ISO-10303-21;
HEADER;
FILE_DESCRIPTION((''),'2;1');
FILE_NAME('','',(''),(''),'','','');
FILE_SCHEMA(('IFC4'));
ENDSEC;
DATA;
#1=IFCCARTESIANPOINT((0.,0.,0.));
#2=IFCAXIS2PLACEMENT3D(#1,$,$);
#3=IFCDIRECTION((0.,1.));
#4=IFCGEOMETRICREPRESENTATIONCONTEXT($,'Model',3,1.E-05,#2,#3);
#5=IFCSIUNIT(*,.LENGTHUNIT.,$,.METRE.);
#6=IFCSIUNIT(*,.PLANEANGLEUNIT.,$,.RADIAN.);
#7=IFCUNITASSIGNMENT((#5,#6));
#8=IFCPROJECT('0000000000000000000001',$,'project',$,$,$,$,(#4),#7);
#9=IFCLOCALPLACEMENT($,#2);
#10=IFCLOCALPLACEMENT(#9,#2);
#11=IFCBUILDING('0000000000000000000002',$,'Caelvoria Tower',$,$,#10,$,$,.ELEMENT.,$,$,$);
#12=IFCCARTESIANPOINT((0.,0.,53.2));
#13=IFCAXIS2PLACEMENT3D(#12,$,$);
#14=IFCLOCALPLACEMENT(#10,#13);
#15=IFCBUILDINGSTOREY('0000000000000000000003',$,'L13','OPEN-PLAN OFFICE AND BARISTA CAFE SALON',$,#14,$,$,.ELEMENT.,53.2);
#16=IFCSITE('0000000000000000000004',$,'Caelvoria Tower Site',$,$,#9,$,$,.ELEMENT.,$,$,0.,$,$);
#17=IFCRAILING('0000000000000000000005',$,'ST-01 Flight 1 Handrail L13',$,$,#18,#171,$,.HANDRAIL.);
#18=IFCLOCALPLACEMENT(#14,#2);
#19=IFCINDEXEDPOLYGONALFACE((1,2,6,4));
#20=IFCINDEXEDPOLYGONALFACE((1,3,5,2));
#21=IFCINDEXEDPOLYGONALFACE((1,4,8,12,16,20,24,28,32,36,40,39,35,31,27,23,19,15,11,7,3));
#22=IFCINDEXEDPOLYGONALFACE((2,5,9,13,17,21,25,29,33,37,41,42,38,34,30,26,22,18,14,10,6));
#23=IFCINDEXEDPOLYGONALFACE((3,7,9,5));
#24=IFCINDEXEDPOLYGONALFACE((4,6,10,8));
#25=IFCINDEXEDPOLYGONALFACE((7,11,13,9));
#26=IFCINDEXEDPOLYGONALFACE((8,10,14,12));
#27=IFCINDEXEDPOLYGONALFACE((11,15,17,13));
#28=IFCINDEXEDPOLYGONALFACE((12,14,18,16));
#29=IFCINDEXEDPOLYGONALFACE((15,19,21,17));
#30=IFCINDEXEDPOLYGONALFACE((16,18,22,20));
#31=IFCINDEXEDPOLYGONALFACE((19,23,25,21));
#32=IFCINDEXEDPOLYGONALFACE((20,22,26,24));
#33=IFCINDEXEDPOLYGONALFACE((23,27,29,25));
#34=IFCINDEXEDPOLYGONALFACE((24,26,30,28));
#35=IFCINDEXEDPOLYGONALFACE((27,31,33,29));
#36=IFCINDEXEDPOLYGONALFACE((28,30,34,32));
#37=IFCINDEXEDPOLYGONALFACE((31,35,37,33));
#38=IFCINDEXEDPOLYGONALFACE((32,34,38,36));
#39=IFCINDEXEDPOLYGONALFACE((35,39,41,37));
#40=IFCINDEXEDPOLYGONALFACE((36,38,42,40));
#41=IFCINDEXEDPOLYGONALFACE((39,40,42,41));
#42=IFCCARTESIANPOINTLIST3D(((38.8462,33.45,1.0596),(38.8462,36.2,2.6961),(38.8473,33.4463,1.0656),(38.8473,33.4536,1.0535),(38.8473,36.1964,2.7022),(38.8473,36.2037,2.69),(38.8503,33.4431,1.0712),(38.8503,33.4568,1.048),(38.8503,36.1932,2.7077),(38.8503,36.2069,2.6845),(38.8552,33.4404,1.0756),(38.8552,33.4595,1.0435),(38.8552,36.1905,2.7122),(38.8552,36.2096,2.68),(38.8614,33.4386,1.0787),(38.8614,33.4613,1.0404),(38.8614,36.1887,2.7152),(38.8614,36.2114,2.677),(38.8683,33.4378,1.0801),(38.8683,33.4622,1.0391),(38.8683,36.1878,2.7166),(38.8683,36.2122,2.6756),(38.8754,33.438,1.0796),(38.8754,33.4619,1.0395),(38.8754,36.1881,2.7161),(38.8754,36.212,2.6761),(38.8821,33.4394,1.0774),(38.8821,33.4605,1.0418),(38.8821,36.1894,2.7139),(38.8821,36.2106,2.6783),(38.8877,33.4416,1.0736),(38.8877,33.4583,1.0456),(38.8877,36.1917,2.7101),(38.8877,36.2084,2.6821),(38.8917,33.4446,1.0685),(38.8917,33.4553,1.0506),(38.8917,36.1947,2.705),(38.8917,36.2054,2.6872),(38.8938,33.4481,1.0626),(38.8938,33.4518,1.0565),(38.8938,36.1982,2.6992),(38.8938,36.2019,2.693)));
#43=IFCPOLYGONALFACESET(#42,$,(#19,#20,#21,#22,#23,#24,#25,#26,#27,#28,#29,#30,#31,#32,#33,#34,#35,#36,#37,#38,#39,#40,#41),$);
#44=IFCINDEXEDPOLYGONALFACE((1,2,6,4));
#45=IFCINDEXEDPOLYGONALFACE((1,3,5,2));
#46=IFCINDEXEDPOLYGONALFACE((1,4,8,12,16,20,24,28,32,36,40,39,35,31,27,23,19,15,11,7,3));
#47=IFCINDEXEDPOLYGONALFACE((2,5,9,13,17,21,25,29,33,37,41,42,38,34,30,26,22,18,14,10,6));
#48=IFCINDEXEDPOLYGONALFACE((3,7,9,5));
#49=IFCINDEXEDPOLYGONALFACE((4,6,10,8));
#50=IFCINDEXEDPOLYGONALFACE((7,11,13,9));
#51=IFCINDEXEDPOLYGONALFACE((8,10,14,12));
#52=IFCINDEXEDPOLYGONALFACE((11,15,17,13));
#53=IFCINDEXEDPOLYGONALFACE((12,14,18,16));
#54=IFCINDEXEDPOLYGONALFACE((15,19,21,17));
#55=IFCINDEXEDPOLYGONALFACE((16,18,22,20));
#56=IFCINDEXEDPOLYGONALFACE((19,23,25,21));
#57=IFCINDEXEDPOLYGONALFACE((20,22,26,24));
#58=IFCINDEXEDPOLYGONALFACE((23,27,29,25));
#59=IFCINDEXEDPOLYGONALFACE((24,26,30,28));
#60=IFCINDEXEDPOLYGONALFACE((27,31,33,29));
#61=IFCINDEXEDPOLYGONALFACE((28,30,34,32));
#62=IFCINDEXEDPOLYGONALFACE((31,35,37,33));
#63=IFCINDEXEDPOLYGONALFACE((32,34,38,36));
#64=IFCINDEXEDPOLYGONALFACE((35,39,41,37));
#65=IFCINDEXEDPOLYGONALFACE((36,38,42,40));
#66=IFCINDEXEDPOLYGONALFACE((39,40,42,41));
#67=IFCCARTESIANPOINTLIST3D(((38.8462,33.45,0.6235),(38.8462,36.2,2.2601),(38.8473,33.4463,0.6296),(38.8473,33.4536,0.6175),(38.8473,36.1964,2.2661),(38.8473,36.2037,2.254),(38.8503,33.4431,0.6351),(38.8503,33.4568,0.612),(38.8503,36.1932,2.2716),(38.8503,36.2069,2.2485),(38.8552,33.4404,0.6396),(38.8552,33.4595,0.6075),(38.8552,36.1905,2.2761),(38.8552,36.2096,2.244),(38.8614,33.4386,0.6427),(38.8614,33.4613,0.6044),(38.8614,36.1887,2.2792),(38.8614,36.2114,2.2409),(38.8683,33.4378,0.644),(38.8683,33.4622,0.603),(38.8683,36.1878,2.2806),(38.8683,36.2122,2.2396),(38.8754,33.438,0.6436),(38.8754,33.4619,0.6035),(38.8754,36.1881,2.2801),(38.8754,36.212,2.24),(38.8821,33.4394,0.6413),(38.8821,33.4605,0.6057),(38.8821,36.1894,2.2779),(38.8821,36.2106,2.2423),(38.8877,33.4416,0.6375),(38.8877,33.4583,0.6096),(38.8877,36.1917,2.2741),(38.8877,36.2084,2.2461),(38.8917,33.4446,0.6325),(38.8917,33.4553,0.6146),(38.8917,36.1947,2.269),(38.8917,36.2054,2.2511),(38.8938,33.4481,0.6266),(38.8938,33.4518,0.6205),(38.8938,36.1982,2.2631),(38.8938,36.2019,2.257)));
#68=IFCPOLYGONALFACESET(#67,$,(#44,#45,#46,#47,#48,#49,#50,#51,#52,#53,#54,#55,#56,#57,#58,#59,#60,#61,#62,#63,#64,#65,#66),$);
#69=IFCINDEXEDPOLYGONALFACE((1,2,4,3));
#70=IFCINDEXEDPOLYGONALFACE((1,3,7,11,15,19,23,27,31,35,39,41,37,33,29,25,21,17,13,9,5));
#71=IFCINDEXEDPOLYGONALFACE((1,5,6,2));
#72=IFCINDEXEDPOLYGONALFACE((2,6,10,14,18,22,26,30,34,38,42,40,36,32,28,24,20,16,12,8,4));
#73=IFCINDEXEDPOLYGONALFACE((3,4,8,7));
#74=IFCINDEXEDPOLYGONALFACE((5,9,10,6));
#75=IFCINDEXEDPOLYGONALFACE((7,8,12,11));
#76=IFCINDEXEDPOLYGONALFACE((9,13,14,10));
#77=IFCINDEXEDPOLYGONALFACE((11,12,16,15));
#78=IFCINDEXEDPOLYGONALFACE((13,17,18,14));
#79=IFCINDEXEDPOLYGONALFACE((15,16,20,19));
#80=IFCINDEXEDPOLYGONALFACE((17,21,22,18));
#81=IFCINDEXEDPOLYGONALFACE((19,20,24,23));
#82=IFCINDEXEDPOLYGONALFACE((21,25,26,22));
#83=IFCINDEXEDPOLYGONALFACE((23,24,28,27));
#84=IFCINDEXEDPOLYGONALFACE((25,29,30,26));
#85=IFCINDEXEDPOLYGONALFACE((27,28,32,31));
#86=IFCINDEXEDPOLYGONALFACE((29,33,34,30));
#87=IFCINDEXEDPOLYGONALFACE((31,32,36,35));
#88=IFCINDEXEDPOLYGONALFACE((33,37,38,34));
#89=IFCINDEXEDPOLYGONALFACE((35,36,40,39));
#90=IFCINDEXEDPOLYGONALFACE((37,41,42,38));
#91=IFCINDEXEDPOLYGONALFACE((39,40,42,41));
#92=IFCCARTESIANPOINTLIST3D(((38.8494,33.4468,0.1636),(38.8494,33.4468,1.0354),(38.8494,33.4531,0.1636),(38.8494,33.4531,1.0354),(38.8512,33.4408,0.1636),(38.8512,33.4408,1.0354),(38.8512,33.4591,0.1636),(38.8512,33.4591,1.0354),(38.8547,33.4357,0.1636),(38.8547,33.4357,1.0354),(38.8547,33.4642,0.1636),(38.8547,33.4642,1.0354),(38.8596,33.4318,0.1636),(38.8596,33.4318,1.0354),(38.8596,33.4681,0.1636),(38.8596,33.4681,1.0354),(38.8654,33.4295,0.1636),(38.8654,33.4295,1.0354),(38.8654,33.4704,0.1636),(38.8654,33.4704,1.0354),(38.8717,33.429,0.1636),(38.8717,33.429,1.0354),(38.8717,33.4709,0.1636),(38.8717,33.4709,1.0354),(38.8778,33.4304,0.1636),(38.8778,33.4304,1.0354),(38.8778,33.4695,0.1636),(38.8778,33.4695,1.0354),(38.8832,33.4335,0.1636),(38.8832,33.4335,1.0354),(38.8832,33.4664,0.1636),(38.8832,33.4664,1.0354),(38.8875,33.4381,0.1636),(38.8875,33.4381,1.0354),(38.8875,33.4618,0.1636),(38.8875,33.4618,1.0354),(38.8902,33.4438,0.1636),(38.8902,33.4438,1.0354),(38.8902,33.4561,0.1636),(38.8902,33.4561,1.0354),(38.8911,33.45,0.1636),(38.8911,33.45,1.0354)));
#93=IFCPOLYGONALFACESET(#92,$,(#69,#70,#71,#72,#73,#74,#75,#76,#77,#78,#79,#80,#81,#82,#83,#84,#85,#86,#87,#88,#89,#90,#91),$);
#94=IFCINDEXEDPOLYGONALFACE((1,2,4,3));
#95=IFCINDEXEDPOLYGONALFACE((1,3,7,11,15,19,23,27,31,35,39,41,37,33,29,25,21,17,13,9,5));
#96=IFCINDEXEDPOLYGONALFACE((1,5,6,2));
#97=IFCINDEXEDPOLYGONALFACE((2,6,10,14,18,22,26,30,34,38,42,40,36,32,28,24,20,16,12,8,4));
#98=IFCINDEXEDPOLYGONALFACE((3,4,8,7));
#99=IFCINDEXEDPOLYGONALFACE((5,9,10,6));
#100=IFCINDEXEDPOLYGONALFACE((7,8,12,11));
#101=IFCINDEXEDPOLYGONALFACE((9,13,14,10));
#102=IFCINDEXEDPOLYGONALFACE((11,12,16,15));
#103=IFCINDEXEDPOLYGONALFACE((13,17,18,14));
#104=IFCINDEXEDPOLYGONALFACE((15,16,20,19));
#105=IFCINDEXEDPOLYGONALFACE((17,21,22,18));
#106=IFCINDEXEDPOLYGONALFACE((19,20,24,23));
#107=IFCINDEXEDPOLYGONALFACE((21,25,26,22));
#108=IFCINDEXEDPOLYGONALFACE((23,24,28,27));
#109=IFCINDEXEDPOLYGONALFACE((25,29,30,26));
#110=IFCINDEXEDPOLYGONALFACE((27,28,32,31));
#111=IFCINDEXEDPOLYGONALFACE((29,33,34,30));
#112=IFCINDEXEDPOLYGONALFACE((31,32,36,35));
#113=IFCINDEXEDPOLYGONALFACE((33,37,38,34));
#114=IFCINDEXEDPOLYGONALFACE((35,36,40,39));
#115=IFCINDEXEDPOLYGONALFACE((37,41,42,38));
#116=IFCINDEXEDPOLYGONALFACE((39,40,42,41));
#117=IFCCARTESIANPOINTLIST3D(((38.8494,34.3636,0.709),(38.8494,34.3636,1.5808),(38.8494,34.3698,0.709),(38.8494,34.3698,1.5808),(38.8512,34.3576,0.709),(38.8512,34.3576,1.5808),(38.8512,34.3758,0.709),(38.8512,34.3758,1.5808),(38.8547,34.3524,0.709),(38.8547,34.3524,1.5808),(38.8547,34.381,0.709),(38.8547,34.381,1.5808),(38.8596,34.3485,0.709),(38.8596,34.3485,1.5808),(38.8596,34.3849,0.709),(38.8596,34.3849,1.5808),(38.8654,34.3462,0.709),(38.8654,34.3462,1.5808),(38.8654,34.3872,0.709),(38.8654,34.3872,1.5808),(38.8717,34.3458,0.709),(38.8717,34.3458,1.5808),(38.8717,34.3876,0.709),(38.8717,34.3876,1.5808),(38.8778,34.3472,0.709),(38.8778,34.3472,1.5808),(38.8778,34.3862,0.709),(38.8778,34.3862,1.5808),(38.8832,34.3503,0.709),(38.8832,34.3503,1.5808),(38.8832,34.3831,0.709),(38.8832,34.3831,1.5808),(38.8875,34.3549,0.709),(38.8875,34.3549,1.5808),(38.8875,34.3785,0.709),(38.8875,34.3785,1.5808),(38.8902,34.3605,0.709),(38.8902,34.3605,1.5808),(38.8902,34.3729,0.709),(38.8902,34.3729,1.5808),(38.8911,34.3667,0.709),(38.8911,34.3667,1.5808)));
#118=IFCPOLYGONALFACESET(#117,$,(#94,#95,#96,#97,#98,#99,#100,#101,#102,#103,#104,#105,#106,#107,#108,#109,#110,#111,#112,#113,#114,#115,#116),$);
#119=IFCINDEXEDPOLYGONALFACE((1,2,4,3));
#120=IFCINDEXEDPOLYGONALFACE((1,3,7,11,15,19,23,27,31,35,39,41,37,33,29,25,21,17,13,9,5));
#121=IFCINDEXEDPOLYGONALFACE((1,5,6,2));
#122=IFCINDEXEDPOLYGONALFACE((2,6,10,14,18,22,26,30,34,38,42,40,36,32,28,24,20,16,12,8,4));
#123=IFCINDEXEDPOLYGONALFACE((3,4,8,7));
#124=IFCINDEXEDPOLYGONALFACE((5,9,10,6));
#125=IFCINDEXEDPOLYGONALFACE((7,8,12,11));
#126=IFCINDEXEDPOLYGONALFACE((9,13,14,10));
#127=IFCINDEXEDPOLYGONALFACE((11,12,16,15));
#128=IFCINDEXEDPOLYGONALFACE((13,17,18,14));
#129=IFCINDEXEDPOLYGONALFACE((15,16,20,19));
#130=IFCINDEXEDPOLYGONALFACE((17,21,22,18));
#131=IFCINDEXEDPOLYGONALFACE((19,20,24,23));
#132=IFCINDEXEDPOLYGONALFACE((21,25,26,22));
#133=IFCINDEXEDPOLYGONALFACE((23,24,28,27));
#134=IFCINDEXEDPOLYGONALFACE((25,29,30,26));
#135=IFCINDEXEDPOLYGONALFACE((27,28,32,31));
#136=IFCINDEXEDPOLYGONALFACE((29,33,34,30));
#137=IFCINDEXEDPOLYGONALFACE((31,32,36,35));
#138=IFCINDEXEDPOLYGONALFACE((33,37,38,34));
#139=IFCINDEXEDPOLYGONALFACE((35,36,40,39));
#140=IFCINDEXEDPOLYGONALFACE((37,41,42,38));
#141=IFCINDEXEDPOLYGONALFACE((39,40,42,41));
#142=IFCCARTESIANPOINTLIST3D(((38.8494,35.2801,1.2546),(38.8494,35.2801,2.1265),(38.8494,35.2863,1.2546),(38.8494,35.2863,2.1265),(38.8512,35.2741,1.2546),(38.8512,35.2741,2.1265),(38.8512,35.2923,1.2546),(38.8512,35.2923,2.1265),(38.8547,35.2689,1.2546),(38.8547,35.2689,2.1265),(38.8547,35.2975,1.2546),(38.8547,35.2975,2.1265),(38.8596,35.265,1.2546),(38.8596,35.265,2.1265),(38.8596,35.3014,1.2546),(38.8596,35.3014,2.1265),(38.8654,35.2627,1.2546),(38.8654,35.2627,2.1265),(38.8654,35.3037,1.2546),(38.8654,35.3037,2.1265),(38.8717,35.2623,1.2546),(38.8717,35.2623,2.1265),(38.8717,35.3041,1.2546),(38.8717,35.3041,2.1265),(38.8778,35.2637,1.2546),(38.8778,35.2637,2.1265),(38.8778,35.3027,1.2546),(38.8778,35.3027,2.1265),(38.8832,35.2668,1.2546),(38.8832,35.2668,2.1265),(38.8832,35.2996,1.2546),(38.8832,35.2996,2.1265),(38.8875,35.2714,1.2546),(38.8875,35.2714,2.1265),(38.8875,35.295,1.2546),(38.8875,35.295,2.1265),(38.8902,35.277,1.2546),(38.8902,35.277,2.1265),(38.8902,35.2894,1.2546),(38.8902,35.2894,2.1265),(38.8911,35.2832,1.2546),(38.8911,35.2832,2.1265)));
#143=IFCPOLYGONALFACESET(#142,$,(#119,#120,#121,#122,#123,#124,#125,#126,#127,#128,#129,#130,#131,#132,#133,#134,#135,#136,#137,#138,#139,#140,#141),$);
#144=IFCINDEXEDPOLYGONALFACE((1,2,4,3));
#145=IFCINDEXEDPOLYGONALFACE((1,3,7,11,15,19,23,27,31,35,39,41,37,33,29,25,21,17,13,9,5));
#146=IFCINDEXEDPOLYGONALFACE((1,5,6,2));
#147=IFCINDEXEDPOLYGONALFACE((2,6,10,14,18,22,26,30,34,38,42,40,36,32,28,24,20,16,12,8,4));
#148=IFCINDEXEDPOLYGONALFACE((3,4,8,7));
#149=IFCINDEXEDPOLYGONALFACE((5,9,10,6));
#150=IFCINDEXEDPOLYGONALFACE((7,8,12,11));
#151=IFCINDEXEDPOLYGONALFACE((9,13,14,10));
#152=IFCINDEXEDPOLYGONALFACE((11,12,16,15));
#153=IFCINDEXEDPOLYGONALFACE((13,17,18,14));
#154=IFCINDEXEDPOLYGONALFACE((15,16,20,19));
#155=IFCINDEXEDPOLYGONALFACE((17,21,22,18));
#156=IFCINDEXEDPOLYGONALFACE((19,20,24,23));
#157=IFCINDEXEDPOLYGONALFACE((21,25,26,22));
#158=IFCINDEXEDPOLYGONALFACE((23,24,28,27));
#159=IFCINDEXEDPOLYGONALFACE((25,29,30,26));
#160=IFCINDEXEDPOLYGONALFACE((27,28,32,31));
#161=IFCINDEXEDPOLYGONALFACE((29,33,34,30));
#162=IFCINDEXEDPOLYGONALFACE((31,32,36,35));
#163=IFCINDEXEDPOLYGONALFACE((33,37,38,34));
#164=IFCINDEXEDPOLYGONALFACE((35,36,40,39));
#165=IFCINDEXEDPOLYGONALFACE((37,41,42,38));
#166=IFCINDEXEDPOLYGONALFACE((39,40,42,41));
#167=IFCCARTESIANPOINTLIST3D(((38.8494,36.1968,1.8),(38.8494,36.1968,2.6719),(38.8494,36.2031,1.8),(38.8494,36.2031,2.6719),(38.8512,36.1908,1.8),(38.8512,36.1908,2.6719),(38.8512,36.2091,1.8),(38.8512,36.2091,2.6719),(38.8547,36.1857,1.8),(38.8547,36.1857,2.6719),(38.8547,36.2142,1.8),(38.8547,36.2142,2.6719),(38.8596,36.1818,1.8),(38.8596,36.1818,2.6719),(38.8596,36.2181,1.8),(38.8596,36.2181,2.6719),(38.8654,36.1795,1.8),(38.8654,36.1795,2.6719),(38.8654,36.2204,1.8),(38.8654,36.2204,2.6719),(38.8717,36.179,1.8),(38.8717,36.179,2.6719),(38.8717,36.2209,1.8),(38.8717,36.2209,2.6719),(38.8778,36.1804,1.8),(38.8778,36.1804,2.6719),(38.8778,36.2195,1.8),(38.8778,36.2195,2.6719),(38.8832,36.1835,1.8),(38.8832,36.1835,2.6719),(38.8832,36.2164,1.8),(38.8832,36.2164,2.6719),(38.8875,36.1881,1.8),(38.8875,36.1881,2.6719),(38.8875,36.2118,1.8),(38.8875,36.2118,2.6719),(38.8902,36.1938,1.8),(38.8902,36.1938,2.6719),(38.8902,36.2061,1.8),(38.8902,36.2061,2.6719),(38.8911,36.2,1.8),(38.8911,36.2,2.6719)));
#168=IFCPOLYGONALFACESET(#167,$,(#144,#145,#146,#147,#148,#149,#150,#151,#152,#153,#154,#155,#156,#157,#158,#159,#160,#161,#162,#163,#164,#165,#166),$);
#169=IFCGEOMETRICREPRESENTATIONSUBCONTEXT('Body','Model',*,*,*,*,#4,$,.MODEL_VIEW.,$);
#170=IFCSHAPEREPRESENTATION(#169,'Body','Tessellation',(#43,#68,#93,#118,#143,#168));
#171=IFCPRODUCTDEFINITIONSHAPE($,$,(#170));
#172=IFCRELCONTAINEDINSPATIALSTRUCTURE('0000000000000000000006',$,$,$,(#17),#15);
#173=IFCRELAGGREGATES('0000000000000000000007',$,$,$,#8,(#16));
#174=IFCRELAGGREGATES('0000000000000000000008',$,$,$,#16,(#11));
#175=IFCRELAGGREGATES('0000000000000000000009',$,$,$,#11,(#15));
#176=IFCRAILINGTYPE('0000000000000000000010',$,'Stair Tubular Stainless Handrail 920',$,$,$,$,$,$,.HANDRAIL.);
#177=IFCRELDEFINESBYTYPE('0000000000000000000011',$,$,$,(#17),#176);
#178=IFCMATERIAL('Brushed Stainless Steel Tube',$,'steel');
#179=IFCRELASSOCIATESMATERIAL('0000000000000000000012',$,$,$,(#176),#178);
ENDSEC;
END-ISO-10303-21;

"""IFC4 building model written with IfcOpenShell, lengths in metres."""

from ifc_helpers import new_model, si_unit, direction, frame, origin, origin_2d, place, context, subcontext, project, spatial, circle, extrude, material, type_object, element, save


model = new_model("IFC4")

# Units and contexts
model_context = context("Model", 3, precision=1e-05, world=origin(), true_north=direction((0.0, 1.0)))
body_context = subcontext(model_context, "Body", "Model", "MODEL_VIEW")
ifc_project = project(units=[si_unit("LENGTHUNIT", "METRE"), si_unit("PLANEANGLEUNIT", "RADIAN")], contexts=[model_context])

# Site, building, storey
site_placement = place(None, origin())
site = spatial("IfcSite", under=ifc_project, at=site_placement, Name="Caelvoria Tower Site", CompositionType="ELEMENT", RefElevation=0.0)
building_placement = place(site_placement, origin())
building = spatial("IfcBuilding", under=site, at=building_placement, Name="Caelvoria Tower", CompositionType="ELEMENT")
storey_placement = place(building_placement, frame((0.0, 0.0, 53.2)))
storey = spatial("IfcBuildingStorey", under=building, at=storey_placement, Name="L13", Description="OPEN-PLAN OFFICE AND BARISTA CAFE SALON", CompositionType="ELEMENT", Elevation=53.2)

# Railing
ifc_material_1 = material(Name="Brushed Stainless Steel Tube", Category="steel")
railing_type_1 = type_object("IfcRailingType", Name="Stair Tubular Stainless Handrail 920", PredefinedType="HANDRAIL", material=ifc_material_1)
railing_1_placement = place(storey_placement, frame((38.8701, 33.45, 0.1636)))
element("IfcRailing", 1, at=railing_1_placement, inside=storey, type_object=railing_type_1, Name="ST-01 Flight 1 Handrail L13", PredefinedType="HANDRAIL", context=body_context, shape_type="SweptSolid", body=[
    extrude(circle(Radius=0.0239, at=origin_2d()), frame((0.0, 0.0, 0.896), z_axis=(0.0, 0.859352, 0.511385), x_axis=(-1.0, 0.0, 0.0)), (0.0, 0.0, 1.0), 3.2002),
    extrude(circle(Radius=0.0239, at=origin_2d()), frame((0.0, 0.0, 0.46), z_axis=(0.0, 0.859352, 0.511385), x_axis=(-1.0, 0.0, 0.0)), (0.0, 0.0, 1.0), 3.2002),
    extrude(circle(Radius=0.021, at=origin_2d()), origin(), (0.0, 0.0, 1.0), 0.8718),
    extrude(circle(Radius=0.021, at=origin_2d()), frame((0.0, 0.9167, 0.5454)), (0.0, 0.0, 1.0), 0.8718),
    extrude(circle(Radius=0.021, at=origin_2d()), frame((0.0, 1.8333, 1.0911)), (0.0, 0.0, 1.0), 0.8718),
    extrude(circle(Radius=0.021, at=origin_2d()), frame((0.0, 2.75, 1.6365)), (0.0, 0.0, 1.0), 0.8718),
])

save(model, "model.ifc")
